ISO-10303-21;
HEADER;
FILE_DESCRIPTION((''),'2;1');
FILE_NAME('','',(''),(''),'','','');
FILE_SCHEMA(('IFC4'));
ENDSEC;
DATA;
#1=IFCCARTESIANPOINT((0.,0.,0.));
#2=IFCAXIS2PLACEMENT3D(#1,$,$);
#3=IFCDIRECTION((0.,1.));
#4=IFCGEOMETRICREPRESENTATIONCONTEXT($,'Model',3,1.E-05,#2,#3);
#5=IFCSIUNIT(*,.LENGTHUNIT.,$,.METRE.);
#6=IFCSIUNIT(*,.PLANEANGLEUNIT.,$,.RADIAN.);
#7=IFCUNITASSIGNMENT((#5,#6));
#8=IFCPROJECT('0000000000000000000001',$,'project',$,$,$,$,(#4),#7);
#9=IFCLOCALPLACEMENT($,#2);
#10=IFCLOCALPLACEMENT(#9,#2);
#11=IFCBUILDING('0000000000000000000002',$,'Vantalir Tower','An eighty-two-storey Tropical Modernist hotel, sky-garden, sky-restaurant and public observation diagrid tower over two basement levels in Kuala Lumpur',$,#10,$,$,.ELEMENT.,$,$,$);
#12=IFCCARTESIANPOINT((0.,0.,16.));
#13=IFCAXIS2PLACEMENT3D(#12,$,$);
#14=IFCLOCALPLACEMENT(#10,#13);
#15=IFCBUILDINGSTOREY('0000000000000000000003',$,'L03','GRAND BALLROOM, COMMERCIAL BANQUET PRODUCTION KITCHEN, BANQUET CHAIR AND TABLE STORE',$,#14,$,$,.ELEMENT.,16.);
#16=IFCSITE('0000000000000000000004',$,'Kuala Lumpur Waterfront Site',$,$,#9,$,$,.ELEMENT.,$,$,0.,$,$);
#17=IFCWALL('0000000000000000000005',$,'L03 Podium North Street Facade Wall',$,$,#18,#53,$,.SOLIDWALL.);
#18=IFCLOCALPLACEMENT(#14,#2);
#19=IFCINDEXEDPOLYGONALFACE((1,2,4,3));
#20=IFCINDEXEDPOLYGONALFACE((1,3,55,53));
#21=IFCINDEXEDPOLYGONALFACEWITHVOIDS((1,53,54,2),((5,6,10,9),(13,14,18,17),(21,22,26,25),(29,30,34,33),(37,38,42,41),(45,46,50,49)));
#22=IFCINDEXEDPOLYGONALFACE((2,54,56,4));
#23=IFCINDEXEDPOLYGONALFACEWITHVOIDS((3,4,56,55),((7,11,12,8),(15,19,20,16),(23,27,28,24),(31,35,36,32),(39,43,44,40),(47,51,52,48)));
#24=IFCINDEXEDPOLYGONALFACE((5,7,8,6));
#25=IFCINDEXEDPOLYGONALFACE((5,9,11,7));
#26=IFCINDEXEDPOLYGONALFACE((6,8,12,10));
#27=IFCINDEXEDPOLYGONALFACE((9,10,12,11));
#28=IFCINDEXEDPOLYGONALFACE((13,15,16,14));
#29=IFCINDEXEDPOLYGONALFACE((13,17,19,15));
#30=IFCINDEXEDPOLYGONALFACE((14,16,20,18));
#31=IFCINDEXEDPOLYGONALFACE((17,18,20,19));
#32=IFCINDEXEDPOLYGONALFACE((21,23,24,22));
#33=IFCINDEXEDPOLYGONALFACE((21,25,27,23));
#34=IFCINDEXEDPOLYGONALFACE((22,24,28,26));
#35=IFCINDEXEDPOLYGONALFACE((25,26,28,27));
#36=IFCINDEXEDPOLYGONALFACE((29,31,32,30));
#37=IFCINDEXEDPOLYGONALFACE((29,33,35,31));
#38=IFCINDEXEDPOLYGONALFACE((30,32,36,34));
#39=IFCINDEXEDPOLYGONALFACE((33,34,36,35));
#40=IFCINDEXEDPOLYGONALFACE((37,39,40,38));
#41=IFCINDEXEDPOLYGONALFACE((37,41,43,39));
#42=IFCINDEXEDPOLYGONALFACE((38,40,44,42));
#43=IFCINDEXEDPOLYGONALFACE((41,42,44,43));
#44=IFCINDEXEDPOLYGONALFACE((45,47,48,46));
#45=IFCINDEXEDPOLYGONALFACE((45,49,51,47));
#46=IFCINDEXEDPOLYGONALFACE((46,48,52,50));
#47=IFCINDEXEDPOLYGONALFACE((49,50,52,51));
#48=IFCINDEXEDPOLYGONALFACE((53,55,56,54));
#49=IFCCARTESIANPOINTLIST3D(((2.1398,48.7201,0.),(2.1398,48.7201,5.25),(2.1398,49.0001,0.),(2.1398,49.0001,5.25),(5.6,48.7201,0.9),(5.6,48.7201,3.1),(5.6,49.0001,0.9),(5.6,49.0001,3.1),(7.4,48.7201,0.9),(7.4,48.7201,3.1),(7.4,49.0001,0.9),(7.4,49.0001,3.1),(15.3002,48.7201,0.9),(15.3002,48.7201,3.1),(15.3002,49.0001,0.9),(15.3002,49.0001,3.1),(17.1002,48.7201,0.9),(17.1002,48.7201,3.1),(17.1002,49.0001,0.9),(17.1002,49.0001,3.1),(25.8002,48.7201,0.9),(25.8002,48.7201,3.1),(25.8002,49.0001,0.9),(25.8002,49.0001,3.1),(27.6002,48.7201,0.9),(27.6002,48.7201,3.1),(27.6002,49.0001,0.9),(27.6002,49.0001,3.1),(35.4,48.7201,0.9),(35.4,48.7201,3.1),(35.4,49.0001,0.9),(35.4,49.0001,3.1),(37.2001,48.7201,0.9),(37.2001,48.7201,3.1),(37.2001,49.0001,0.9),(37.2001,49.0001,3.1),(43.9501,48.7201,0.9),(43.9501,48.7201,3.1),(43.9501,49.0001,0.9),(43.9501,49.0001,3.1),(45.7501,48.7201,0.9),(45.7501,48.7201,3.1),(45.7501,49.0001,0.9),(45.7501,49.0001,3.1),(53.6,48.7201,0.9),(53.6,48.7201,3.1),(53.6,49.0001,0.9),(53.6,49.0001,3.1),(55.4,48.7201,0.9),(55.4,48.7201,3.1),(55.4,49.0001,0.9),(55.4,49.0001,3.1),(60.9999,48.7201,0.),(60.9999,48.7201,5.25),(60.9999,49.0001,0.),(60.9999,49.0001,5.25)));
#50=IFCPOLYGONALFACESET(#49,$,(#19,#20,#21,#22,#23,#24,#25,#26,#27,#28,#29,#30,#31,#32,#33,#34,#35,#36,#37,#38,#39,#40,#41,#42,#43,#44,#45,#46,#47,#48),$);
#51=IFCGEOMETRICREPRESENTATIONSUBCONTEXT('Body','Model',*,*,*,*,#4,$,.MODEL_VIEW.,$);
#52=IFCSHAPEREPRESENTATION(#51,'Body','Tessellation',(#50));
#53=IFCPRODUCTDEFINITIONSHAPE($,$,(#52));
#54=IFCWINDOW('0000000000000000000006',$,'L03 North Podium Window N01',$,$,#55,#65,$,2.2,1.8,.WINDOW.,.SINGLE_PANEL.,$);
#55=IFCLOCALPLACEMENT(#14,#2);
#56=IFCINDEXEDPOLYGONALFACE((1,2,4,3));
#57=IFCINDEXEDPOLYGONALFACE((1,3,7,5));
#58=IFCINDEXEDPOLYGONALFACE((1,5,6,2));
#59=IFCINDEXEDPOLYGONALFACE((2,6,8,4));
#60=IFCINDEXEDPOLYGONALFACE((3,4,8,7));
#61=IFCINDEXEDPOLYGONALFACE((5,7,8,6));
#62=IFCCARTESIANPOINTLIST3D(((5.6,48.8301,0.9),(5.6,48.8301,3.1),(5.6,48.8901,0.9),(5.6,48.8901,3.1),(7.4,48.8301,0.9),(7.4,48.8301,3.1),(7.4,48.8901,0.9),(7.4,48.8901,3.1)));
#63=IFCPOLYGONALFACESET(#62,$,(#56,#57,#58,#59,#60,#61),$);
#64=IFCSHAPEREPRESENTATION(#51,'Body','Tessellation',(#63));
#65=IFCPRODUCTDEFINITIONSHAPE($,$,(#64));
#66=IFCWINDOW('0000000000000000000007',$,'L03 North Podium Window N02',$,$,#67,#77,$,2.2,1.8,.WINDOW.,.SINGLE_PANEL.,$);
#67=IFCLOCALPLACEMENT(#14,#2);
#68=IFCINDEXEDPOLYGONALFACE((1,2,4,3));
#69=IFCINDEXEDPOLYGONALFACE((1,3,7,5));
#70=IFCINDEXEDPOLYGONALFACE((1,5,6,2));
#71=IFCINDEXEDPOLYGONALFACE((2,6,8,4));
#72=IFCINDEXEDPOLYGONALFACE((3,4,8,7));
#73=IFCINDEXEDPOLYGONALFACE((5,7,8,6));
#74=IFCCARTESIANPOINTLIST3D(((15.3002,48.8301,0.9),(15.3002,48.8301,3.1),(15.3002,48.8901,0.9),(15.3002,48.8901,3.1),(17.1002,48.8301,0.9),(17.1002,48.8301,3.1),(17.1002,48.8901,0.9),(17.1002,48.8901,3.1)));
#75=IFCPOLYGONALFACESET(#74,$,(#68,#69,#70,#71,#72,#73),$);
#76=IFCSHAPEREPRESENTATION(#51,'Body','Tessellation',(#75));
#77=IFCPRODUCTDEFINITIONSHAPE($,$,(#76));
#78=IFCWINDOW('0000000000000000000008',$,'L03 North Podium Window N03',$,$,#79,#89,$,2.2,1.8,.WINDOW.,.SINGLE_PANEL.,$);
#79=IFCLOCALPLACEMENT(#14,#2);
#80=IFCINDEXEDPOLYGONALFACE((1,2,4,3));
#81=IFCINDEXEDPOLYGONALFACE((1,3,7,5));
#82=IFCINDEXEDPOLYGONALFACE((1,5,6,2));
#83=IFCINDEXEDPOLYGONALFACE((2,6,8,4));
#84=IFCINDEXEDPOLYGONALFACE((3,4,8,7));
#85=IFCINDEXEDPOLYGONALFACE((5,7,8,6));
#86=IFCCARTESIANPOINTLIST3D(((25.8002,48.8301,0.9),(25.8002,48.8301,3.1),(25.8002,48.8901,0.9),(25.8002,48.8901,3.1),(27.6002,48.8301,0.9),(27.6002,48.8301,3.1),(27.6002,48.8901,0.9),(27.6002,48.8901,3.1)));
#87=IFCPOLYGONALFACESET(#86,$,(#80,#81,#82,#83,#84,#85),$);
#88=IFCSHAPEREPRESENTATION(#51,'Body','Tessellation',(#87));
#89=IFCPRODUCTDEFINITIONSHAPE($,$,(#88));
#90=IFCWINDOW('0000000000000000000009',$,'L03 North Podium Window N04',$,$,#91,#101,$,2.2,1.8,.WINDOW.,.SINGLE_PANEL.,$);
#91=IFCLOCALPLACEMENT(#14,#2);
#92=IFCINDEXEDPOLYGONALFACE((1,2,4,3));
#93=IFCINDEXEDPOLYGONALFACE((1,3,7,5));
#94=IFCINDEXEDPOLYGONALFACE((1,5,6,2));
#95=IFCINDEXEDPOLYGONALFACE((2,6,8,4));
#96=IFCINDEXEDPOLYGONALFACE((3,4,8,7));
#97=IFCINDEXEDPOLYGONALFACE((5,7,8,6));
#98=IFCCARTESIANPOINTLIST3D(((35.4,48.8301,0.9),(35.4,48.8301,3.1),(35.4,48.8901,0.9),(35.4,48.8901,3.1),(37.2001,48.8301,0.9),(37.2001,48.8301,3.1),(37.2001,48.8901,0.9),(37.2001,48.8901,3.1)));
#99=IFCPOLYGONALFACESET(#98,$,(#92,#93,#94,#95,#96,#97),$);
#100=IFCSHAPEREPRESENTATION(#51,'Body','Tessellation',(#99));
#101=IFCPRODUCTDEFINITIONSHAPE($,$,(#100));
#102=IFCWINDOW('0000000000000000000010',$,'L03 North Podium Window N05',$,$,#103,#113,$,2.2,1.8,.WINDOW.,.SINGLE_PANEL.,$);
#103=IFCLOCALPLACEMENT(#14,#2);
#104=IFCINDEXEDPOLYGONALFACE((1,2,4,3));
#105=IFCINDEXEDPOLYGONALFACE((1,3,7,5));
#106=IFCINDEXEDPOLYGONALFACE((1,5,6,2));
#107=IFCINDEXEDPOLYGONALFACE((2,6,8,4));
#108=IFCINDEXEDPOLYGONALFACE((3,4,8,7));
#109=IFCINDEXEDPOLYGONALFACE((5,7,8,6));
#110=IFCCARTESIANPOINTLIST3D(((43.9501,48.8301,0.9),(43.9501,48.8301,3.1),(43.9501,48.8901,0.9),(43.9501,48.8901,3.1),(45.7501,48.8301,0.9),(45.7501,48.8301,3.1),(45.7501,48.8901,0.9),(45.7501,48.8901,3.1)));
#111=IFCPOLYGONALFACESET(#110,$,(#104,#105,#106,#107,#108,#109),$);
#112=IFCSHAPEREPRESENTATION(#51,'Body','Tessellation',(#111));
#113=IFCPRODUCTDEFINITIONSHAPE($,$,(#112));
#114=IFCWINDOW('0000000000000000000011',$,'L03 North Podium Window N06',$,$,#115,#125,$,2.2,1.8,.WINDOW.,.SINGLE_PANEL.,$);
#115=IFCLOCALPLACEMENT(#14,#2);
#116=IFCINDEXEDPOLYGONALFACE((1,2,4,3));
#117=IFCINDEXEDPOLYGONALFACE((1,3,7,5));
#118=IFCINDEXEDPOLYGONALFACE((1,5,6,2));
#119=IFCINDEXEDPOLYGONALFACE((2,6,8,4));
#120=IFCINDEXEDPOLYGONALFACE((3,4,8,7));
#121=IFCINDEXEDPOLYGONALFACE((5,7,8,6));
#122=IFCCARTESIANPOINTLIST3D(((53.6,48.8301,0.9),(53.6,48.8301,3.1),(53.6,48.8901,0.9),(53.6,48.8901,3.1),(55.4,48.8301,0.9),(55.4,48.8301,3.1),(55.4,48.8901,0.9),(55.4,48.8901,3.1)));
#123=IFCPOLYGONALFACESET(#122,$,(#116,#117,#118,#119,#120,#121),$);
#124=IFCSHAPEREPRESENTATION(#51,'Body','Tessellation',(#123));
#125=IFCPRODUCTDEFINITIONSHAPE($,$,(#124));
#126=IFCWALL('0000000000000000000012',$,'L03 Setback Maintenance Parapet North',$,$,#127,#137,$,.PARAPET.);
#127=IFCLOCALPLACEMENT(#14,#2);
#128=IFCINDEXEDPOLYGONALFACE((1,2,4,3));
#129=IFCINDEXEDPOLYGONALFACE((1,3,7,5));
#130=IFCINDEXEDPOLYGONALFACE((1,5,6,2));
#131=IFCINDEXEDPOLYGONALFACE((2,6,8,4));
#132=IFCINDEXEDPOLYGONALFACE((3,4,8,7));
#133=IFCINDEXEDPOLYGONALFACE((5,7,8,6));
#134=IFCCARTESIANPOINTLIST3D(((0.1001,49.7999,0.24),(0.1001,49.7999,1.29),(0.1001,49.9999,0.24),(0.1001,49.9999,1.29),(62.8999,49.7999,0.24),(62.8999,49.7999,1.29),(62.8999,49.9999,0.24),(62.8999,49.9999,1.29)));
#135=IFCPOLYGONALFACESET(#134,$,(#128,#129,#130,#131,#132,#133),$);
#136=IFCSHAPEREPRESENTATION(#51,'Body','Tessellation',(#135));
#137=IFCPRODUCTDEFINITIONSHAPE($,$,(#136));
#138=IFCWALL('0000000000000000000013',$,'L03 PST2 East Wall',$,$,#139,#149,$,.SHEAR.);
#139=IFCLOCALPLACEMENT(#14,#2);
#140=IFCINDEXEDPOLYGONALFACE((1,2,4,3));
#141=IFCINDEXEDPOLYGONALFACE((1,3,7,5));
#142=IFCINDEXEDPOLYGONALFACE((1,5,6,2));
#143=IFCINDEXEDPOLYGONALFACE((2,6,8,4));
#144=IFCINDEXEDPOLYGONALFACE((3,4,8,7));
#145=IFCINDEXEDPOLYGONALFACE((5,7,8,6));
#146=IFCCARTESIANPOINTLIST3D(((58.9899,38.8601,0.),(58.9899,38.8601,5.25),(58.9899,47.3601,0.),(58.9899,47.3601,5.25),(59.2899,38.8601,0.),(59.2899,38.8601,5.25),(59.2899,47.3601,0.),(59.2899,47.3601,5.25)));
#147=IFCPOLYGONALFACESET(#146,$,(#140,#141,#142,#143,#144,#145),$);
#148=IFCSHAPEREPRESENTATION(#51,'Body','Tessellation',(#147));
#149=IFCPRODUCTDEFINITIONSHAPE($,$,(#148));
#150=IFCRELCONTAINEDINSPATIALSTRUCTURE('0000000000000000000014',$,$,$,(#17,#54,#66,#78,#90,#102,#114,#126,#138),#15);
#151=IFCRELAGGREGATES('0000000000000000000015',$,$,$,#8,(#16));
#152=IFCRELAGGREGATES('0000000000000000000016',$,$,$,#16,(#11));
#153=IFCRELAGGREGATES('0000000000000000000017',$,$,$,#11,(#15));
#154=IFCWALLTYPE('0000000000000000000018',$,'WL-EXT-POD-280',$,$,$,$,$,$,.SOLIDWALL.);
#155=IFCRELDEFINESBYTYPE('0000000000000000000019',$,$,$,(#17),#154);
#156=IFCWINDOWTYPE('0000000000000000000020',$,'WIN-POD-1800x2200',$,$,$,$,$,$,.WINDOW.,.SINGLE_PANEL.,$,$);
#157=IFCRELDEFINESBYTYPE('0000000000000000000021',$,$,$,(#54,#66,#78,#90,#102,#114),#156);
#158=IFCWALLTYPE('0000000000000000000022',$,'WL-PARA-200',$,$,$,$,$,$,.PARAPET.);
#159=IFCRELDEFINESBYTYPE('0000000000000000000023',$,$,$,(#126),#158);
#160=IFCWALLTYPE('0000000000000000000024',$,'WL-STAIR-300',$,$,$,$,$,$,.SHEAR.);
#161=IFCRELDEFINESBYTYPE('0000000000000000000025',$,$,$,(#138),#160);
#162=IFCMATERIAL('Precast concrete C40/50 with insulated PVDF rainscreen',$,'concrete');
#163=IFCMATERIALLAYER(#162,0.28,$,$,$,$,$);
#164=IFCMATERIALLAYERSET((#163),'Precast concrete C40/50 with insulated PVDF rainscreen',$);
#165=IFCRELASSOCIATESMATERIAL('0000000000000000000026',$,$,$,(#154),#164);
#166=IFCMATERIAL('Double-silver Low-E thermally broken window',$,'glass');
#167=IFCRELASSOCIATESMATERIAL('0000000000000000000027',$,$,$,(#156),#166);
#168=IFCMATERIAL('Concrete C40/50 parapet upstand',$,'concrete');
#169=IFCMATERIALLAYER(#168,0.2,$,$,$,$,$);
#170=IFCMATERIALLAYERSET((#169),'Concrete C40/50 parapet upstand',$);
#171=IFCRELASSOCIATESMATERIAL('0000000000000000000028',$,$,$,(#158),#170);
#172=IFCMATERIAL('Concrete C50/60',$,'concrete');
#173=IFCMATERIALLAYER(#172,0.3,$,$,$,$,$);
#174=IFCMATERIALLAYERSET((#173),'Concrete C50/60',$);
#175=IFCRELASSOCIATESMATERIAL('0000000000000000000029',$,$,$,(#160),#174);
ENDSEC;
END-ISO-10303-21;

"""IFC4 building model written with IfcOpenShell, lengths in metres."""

from ifc_helpers import new_model, si_unit, direction, frame, frame_2d, origin, place, context, subcontext, project, spatial, rectangle, extrude, material, layer, layer_set, type_object, element, fill, save


model = new_model("IFC4")

# Units and contexts
model_context = context("Model", 3, precision=1e-05, world=origin(), true_north=direction((0.0, 1.0)))
body_context = subcontext(model_context, "Body", "Model", "MODEL_VIEW")
ifc_project = project(units=[si_unit("LENGTHUNIT", "METRE"), si_unit("PLANEANGLEUNIT", "RADIAN")], contexts=[model_context])

# Site, building, storey
site_placement = place(None, origin())
site = spatial("IfcSite", under=ifc_project, at=site_placement, Name="Kuala Lumpur Waterfront Site", CompositionType="ELEMENT", RefElevation=0.0)
building_placement = place(site_placement, origin())
building = spatial("IfcBuilding", under=site, at=building_placement, Name="Vantalir Tower", Description="An eighty-two-storey Tropical Modernist hotel, sky-garden, sky-restaurant and public observation diagrid tower over two basement levels in Kuala Lumpur", CompositionType="ELEMENT")
storey_placement = place(building_placement, frame((0.0, 0.0, 16.0)))
storey = spatial("IfcBuildingStorey", under=building, at=storey_placement, Name="L03", Description="GRAND BALLROOM, COMMERCIAL BANQUET PRODUCTION KITCHEN, BANQUET CHAIR AND TABLE STORE", CompositionType="ELEMENT", Elevation=16.0)

# Shared definitions
ifc_material_1 = material(Name="Concrete C50/60", Category="concrete")

# Wall, openings, windows
ifc_material_2 = material(Name="Precast concrete C40/50 with insulated PVDF rainscreen", Category="concrete")
ifc_layer_1 = layer(ifc_material_2, 0.28)
ifc_layer_set_1 = layer_set([ifc_layer_1], Name="Precast concrete C40/50 with insulated PVDF rainscreen")
wall_type_1 = type_object("IfcWallType", Name="WL-EXT-POD-280", PredefinedType="SOLIDWALL", material=ifc_layer_set_1)
wall_1_placement = place(storey_placement, frame((61.0, 48.8601, 0.0), z_axis=(0.0, 0.0, 1.0), x_axis=(-1.0, 0.0, 0.0)))
wall_1 = element("IfcWall", 1, at=wall_1_placement, inside=storey, type_object=wall_type_1, Name="L03 Podium North Street Facade Wall", PredefinedType="SOLIDWALL", context=body_context, shape_type="SweptSolid", body=[
    extrude(rectangle(XDim=58.8601, YDim=0.28, at=frame_2d((29.4302, 0.0))), origin(), (0.0, 0.0, 1.0), 5.25),
])
opening_1_placement = place(wall_1_placement, frame((53.6001, 0.0, 0.8999)))
opening_1 = element("IfcOpeningElement", 2, at=opening_1_placement, cuts=wall_1, PredefinedType="OPENING", context=body_context, shape_type="SweptSolid", body=[
    extrude(rectangle(XDim=1.8, YDim=2.2, at=frame_2d((0.8999, 1.1001))), frame((0.0, 0.1499, 0.0), z_axis=(0.0, -1.0, 0.0), x_axis=(1.0, 0.0, 0.0)), (0.0, 0.0, 1.0), 0.3),
])
opening_2_placement = place(wall_1_placement, frame((43.8999, 0.0, 0.8999)))
opening_2 = element("IfcOpeningElement", 3, at=opening_2_placement, cuts=wall_1, PredefinedType="OPENING", context=body_context, shape_type="SweptSolid", body=[
    extrude(rectangle(XDim=1.8, YDim=2.2, at=frame_2d((0.8999, 1.1001))), frame((0.0, 0.1499, 0.0), z_axis=(0.0, -1.0, 0.0), x_axis=(1.0, 0.0, 0.0)), (0.0, 0.0, 1.0), 0.3),
])
opening_3_placement = place(wall_1_placement, frame((33.3999, 0.0, 0.8999)))
opening_3 = element("IfcOpeningElement", 4, at=opening_3_placement, cuts=wall_1, PredefinedType="OPENING", context=body_context, shape_type="SweptSolid", body=[
    extrude(rectangle(XDim=1.8, YDim=2.2, at=frame_2d((0.8999, 1.1001))), frame((0.0, 0.1499, 0.0), z_axis=(0.0, -1.0, 0.0), x_axis=(1.0, 0.0, 0.0)), (0.0, 0.0, 1.0), 0.3),
])
opening_4_placement = place(wall_1_placement, frame((23.8, 0.0, 0.8999)))
opening_4 = element("IfcOpeningElement", 5, at=opening_4_placement, cuts=wall_1, PredefinedType="OPENING", context=body_context, shape_type="SweptSolid", body=[
    extrude(rectangle(XDim=1.8, YDim=2.2, at=frame_2d((0.8999, 1.1001))), frame((0.0, 0.1499, 0.0), z_axis=(0.0, -1.0, 0.0), x_axis=(1.0, 0.0, 0.0)), (0.0, 0.0, 1.0), 0.3),
])
opening_5_placement = place(wall_1_placement, frame((15.25, 0.0, 0.8999)))
opening_5 = element("IfcOpeningElement", 6, at=opening_5_placement, cuts=wall_1, PredefinedType="OPENING", context=body_context, shape_type="SweptSolid", body=[
    extrude(rectangle(XDim=1.8, YDim=2.2, at=frame_2d((0.8999, 1.1001))), frame((0.0, 0.1499, 0.0), z_axis=(0.0, -1.0, 0.0), x_axis=(1.0, 0.0, 0.0)), (0.0, 0.0, 1.0), 0.3),
])
opening_6_placement = place(wall_1_placement, frame((5.6001, 0.0, 0.8999)))
opening_6 = element("IfcOpeningElement", 7, at=opening_6_placement, cuts=wall_1, PredefinedType="OPENING", context=body_context, shape_type="SweptSolid", body=[
    extrude(rectangle(XDim=1.8, YDim=2.2, at=frame_2d((0.8999, 1.1001))), frame((0.0, 0.1499, 0.0), z_axis=(0.0, -1.0, 0.0), x_axis=(1.0, 0.0, 0.0)), (0.0, 0.0, 1.0), 0.3),
])
ifc_material_3 = material(Name="Double-silver Low-E thermally broken window", Category="glass")
window_type = type_object("IfcWindowType", Name="WIN-POD-1800x2200", PartitioningType="SINGLE_PANEL", PredefinedType="WINDOW", material=ifc_material_3)
window_1_placement = place(opening_1_placement, origin())
window_1 = element("IfcWindow", 8, at=window_1_placement, inside=storey, type_object=window_type, Name="L03 North Podium Window N01", OverallHeight=2.2, OverallWidth=1.8, PartitioningType="SINGLE_PANEL", PredefinedType="WINDOW", context=body_context, shape_type="SweptSolid", body=[
    extrude(rectangle(XDim=1.8, YDim=2.2, at=frame_2d((0.8999, 1.1001))), frame((0.0, 0.03, 0.0), z_axis=(0.0, -1.0, 0.0), x_axis=(1.0, 0.0, 0.0)), (0.0, 0.0, 1.0), 0.0601),
])
fill(opening_1, window_1)
window_2_placement = place(opening_2_placement, origin())
window_2 = element("IfcWindow", 9, at=window_2_placement, inside=storey, type_object=window_type, Name="L03 North Podium Window N02", OverallHeight=2.2, OverallWidth=1.8, PartitioningType="SINGLE_PANEL", PredefinedType="WINDOW", context=body_context, shape_type="SweptSolid", body=[
    extrude(rectangle(XDim=1.8, YDim=2.2, at=frame_2d((0.8999, 1.1001))), frame((0.0, 0.03, 0.0), z_axis=(0.0, -1.0, 0.0), x_axis=(1.0, 0.0, 0.0)), (0.0, 0.0, 1.0), 0.0601),
])
fill(opening_2, window_2)
window_3_placement = place(opening_3_placement, origin())
window_3 = element("IfcWindow", 10, at=window_3_placement, inside=storey, type_object=window_type, Name="L03 North Podium Window N03", OverallHeight=2.2, OverallWidth=1.8, PartitioningType="SINGLE_PANEL", PredefinedType="WINDOW", context=body_context, shape_type="SweptSolid", body=[
    extrude(rectangle(XDim=1.8, YDim=2.2, at=frame_2d((0.8999, 1.1001))), frame((0.0, 0.03, 0.0), z_axis=(0.0, -1.0, 0.0), x_axis=(1.0, 0.0, 0.0)), (0.0, 0.0, 1.0), 0.0601),
])
fill(opening_3, window_3)
window_4_placement = place(opening_4_placement, origin())
window_4 = element("IfcWindow", 11, at=window_4_placement, inside=storey, type_object=window_type, Name="L03 North Podium Window N04", OverallHeight=2.2, OverallWidth=1.8, PartitioningType="SINGLE_PANEL", PredefinedType="WINDOW", context=body_context, shape_type="SweptSolid", body=[
    extrude(rectangle(XDim=1.8, YDim=2.2, at=frame_2d((0.8999, 1.1001))), frame((0.0, 0.03, 0.0), z_axis=(0.0, -1.0, 0.0), x_axis=(1.0, 0.0, 0.0)), (0.0, 0.0, 1.0), 0.0601),
])
fill(opening_4, window_4)
window_5_placement = place(opening_5_placement, origin())
window_5 = element("IfcWindow", 12, at=window_5_placement, inside=storey, type_object=window_type, Name="L03 North Podium Window N05", OverallHeight=2.2, OverallWidth=1.8, PartitioningType="SINGLE_PANEL", PredefinedType="WINDOW", context=body_context, shape_type="SweptSolid", body=[
    extrude(rectangle(XDim=1.8, YDim=2.2, at=frame_2d((0.8999, 1.1001))), frame((0.0, 0.03, 0.0), z_axis=(0.0, -1.0, 0.0), x_axis=(1.0, 0.0, 0.0)), (0.0, 0.0, 1.0), 0.0601),
])
fill(opening_5, window_5)
window_6_placement = place(opening_6_placement, origin())
window_6 = element("IfcWindow", 13, at=window_6_placement, inside=storey, type_object=window_type, Name="L03 North Podium Window N06", OverallHeight=2.2, OverallWidth=1.8, PartitioningType="SINGLE_PANEL", PredefinedType="WINDOW", context=body_context, shape_type="SweptSolid", body=[
    extrude(rectangle(XDim=1.8, YDim=2.2, at=frame_2d((0.8999, 1.1001))), frame((0.0, 0.03, 0.0), z_axis=(0.0, -1.0, 0.0), x_axis=(1.0, 0.0, 0.0)), (0.0, 0.0, 1.0), 0.0601),
])
fill(opening_6, window_6)

# Walls
ifc_material_4 = material(Name="Concrete C40/50 parapet upstand", Category="concrete")
ifc_layer_2 = layer(ifc_material_4, 0.2)
ifc_layer_set_2 = layer_set([ifc_layer_2], Name="Concrete C40/50 parapet upstand")
wall_type_2 = type_object("IfcWallType", Name="WL-PARA-200", PredefinedType="PARAPET", material=ifc_layer_set_2)
wall_2_placement = place(storey_placement, frame((62.8999, 49.8999, 0.24), z_axis=(0.0, 0.0, 1.0), x_axis=(-1.0, 0.0, 0.0)))
element("IfcWall", 14, at=wall_2_placement, inside=storey, type_object=wall_type_2, Name="L03 Setback Maintenance Parapet North", PredefinedType="PARAPET", context=body_context, shape_type="SweptSolid", body=[
    extrude(rectangle(XDim=62.7998, YDim=0.2, at=frame_2d((31.3999, 0.0))), origin(), (0.0, 0.0, 1.0), 1.05),
])
ifc_layer_3 = layer(ifc_material_1, 0.3)
ifc_layer_set_3 = layer_set([ifc_layer_3], Name="Concrete C50/60")
wall_type_3 = type_object("IfcWallType", Name="WL-STAIR-300", PredefinedType="SHEAR", material=ifc_layer_set_3)
wall_3_placement = place(storey_placement, frame((59.1399, 38.8601, 0.0), z_axis=(0.0, 0.0, 1.0), x_axis=(0.0, 1.0, 0.0)))
element("IfcWall", 15, at=wall_3_placement, inside=storey, type_object=wall_type_3, Name="L03 PST2 East Wall", PredefinedType="SHEAR", context=body_context, shape_type="SweptSolid", body=[
    extrude(rectangle(XDim=8.5, YDim=0.3, at=frame_2d((4.25, 0.0))), origin(), (0.0, 0.0, 1.0), 5.25),
])

save(model, "model.ifc")
